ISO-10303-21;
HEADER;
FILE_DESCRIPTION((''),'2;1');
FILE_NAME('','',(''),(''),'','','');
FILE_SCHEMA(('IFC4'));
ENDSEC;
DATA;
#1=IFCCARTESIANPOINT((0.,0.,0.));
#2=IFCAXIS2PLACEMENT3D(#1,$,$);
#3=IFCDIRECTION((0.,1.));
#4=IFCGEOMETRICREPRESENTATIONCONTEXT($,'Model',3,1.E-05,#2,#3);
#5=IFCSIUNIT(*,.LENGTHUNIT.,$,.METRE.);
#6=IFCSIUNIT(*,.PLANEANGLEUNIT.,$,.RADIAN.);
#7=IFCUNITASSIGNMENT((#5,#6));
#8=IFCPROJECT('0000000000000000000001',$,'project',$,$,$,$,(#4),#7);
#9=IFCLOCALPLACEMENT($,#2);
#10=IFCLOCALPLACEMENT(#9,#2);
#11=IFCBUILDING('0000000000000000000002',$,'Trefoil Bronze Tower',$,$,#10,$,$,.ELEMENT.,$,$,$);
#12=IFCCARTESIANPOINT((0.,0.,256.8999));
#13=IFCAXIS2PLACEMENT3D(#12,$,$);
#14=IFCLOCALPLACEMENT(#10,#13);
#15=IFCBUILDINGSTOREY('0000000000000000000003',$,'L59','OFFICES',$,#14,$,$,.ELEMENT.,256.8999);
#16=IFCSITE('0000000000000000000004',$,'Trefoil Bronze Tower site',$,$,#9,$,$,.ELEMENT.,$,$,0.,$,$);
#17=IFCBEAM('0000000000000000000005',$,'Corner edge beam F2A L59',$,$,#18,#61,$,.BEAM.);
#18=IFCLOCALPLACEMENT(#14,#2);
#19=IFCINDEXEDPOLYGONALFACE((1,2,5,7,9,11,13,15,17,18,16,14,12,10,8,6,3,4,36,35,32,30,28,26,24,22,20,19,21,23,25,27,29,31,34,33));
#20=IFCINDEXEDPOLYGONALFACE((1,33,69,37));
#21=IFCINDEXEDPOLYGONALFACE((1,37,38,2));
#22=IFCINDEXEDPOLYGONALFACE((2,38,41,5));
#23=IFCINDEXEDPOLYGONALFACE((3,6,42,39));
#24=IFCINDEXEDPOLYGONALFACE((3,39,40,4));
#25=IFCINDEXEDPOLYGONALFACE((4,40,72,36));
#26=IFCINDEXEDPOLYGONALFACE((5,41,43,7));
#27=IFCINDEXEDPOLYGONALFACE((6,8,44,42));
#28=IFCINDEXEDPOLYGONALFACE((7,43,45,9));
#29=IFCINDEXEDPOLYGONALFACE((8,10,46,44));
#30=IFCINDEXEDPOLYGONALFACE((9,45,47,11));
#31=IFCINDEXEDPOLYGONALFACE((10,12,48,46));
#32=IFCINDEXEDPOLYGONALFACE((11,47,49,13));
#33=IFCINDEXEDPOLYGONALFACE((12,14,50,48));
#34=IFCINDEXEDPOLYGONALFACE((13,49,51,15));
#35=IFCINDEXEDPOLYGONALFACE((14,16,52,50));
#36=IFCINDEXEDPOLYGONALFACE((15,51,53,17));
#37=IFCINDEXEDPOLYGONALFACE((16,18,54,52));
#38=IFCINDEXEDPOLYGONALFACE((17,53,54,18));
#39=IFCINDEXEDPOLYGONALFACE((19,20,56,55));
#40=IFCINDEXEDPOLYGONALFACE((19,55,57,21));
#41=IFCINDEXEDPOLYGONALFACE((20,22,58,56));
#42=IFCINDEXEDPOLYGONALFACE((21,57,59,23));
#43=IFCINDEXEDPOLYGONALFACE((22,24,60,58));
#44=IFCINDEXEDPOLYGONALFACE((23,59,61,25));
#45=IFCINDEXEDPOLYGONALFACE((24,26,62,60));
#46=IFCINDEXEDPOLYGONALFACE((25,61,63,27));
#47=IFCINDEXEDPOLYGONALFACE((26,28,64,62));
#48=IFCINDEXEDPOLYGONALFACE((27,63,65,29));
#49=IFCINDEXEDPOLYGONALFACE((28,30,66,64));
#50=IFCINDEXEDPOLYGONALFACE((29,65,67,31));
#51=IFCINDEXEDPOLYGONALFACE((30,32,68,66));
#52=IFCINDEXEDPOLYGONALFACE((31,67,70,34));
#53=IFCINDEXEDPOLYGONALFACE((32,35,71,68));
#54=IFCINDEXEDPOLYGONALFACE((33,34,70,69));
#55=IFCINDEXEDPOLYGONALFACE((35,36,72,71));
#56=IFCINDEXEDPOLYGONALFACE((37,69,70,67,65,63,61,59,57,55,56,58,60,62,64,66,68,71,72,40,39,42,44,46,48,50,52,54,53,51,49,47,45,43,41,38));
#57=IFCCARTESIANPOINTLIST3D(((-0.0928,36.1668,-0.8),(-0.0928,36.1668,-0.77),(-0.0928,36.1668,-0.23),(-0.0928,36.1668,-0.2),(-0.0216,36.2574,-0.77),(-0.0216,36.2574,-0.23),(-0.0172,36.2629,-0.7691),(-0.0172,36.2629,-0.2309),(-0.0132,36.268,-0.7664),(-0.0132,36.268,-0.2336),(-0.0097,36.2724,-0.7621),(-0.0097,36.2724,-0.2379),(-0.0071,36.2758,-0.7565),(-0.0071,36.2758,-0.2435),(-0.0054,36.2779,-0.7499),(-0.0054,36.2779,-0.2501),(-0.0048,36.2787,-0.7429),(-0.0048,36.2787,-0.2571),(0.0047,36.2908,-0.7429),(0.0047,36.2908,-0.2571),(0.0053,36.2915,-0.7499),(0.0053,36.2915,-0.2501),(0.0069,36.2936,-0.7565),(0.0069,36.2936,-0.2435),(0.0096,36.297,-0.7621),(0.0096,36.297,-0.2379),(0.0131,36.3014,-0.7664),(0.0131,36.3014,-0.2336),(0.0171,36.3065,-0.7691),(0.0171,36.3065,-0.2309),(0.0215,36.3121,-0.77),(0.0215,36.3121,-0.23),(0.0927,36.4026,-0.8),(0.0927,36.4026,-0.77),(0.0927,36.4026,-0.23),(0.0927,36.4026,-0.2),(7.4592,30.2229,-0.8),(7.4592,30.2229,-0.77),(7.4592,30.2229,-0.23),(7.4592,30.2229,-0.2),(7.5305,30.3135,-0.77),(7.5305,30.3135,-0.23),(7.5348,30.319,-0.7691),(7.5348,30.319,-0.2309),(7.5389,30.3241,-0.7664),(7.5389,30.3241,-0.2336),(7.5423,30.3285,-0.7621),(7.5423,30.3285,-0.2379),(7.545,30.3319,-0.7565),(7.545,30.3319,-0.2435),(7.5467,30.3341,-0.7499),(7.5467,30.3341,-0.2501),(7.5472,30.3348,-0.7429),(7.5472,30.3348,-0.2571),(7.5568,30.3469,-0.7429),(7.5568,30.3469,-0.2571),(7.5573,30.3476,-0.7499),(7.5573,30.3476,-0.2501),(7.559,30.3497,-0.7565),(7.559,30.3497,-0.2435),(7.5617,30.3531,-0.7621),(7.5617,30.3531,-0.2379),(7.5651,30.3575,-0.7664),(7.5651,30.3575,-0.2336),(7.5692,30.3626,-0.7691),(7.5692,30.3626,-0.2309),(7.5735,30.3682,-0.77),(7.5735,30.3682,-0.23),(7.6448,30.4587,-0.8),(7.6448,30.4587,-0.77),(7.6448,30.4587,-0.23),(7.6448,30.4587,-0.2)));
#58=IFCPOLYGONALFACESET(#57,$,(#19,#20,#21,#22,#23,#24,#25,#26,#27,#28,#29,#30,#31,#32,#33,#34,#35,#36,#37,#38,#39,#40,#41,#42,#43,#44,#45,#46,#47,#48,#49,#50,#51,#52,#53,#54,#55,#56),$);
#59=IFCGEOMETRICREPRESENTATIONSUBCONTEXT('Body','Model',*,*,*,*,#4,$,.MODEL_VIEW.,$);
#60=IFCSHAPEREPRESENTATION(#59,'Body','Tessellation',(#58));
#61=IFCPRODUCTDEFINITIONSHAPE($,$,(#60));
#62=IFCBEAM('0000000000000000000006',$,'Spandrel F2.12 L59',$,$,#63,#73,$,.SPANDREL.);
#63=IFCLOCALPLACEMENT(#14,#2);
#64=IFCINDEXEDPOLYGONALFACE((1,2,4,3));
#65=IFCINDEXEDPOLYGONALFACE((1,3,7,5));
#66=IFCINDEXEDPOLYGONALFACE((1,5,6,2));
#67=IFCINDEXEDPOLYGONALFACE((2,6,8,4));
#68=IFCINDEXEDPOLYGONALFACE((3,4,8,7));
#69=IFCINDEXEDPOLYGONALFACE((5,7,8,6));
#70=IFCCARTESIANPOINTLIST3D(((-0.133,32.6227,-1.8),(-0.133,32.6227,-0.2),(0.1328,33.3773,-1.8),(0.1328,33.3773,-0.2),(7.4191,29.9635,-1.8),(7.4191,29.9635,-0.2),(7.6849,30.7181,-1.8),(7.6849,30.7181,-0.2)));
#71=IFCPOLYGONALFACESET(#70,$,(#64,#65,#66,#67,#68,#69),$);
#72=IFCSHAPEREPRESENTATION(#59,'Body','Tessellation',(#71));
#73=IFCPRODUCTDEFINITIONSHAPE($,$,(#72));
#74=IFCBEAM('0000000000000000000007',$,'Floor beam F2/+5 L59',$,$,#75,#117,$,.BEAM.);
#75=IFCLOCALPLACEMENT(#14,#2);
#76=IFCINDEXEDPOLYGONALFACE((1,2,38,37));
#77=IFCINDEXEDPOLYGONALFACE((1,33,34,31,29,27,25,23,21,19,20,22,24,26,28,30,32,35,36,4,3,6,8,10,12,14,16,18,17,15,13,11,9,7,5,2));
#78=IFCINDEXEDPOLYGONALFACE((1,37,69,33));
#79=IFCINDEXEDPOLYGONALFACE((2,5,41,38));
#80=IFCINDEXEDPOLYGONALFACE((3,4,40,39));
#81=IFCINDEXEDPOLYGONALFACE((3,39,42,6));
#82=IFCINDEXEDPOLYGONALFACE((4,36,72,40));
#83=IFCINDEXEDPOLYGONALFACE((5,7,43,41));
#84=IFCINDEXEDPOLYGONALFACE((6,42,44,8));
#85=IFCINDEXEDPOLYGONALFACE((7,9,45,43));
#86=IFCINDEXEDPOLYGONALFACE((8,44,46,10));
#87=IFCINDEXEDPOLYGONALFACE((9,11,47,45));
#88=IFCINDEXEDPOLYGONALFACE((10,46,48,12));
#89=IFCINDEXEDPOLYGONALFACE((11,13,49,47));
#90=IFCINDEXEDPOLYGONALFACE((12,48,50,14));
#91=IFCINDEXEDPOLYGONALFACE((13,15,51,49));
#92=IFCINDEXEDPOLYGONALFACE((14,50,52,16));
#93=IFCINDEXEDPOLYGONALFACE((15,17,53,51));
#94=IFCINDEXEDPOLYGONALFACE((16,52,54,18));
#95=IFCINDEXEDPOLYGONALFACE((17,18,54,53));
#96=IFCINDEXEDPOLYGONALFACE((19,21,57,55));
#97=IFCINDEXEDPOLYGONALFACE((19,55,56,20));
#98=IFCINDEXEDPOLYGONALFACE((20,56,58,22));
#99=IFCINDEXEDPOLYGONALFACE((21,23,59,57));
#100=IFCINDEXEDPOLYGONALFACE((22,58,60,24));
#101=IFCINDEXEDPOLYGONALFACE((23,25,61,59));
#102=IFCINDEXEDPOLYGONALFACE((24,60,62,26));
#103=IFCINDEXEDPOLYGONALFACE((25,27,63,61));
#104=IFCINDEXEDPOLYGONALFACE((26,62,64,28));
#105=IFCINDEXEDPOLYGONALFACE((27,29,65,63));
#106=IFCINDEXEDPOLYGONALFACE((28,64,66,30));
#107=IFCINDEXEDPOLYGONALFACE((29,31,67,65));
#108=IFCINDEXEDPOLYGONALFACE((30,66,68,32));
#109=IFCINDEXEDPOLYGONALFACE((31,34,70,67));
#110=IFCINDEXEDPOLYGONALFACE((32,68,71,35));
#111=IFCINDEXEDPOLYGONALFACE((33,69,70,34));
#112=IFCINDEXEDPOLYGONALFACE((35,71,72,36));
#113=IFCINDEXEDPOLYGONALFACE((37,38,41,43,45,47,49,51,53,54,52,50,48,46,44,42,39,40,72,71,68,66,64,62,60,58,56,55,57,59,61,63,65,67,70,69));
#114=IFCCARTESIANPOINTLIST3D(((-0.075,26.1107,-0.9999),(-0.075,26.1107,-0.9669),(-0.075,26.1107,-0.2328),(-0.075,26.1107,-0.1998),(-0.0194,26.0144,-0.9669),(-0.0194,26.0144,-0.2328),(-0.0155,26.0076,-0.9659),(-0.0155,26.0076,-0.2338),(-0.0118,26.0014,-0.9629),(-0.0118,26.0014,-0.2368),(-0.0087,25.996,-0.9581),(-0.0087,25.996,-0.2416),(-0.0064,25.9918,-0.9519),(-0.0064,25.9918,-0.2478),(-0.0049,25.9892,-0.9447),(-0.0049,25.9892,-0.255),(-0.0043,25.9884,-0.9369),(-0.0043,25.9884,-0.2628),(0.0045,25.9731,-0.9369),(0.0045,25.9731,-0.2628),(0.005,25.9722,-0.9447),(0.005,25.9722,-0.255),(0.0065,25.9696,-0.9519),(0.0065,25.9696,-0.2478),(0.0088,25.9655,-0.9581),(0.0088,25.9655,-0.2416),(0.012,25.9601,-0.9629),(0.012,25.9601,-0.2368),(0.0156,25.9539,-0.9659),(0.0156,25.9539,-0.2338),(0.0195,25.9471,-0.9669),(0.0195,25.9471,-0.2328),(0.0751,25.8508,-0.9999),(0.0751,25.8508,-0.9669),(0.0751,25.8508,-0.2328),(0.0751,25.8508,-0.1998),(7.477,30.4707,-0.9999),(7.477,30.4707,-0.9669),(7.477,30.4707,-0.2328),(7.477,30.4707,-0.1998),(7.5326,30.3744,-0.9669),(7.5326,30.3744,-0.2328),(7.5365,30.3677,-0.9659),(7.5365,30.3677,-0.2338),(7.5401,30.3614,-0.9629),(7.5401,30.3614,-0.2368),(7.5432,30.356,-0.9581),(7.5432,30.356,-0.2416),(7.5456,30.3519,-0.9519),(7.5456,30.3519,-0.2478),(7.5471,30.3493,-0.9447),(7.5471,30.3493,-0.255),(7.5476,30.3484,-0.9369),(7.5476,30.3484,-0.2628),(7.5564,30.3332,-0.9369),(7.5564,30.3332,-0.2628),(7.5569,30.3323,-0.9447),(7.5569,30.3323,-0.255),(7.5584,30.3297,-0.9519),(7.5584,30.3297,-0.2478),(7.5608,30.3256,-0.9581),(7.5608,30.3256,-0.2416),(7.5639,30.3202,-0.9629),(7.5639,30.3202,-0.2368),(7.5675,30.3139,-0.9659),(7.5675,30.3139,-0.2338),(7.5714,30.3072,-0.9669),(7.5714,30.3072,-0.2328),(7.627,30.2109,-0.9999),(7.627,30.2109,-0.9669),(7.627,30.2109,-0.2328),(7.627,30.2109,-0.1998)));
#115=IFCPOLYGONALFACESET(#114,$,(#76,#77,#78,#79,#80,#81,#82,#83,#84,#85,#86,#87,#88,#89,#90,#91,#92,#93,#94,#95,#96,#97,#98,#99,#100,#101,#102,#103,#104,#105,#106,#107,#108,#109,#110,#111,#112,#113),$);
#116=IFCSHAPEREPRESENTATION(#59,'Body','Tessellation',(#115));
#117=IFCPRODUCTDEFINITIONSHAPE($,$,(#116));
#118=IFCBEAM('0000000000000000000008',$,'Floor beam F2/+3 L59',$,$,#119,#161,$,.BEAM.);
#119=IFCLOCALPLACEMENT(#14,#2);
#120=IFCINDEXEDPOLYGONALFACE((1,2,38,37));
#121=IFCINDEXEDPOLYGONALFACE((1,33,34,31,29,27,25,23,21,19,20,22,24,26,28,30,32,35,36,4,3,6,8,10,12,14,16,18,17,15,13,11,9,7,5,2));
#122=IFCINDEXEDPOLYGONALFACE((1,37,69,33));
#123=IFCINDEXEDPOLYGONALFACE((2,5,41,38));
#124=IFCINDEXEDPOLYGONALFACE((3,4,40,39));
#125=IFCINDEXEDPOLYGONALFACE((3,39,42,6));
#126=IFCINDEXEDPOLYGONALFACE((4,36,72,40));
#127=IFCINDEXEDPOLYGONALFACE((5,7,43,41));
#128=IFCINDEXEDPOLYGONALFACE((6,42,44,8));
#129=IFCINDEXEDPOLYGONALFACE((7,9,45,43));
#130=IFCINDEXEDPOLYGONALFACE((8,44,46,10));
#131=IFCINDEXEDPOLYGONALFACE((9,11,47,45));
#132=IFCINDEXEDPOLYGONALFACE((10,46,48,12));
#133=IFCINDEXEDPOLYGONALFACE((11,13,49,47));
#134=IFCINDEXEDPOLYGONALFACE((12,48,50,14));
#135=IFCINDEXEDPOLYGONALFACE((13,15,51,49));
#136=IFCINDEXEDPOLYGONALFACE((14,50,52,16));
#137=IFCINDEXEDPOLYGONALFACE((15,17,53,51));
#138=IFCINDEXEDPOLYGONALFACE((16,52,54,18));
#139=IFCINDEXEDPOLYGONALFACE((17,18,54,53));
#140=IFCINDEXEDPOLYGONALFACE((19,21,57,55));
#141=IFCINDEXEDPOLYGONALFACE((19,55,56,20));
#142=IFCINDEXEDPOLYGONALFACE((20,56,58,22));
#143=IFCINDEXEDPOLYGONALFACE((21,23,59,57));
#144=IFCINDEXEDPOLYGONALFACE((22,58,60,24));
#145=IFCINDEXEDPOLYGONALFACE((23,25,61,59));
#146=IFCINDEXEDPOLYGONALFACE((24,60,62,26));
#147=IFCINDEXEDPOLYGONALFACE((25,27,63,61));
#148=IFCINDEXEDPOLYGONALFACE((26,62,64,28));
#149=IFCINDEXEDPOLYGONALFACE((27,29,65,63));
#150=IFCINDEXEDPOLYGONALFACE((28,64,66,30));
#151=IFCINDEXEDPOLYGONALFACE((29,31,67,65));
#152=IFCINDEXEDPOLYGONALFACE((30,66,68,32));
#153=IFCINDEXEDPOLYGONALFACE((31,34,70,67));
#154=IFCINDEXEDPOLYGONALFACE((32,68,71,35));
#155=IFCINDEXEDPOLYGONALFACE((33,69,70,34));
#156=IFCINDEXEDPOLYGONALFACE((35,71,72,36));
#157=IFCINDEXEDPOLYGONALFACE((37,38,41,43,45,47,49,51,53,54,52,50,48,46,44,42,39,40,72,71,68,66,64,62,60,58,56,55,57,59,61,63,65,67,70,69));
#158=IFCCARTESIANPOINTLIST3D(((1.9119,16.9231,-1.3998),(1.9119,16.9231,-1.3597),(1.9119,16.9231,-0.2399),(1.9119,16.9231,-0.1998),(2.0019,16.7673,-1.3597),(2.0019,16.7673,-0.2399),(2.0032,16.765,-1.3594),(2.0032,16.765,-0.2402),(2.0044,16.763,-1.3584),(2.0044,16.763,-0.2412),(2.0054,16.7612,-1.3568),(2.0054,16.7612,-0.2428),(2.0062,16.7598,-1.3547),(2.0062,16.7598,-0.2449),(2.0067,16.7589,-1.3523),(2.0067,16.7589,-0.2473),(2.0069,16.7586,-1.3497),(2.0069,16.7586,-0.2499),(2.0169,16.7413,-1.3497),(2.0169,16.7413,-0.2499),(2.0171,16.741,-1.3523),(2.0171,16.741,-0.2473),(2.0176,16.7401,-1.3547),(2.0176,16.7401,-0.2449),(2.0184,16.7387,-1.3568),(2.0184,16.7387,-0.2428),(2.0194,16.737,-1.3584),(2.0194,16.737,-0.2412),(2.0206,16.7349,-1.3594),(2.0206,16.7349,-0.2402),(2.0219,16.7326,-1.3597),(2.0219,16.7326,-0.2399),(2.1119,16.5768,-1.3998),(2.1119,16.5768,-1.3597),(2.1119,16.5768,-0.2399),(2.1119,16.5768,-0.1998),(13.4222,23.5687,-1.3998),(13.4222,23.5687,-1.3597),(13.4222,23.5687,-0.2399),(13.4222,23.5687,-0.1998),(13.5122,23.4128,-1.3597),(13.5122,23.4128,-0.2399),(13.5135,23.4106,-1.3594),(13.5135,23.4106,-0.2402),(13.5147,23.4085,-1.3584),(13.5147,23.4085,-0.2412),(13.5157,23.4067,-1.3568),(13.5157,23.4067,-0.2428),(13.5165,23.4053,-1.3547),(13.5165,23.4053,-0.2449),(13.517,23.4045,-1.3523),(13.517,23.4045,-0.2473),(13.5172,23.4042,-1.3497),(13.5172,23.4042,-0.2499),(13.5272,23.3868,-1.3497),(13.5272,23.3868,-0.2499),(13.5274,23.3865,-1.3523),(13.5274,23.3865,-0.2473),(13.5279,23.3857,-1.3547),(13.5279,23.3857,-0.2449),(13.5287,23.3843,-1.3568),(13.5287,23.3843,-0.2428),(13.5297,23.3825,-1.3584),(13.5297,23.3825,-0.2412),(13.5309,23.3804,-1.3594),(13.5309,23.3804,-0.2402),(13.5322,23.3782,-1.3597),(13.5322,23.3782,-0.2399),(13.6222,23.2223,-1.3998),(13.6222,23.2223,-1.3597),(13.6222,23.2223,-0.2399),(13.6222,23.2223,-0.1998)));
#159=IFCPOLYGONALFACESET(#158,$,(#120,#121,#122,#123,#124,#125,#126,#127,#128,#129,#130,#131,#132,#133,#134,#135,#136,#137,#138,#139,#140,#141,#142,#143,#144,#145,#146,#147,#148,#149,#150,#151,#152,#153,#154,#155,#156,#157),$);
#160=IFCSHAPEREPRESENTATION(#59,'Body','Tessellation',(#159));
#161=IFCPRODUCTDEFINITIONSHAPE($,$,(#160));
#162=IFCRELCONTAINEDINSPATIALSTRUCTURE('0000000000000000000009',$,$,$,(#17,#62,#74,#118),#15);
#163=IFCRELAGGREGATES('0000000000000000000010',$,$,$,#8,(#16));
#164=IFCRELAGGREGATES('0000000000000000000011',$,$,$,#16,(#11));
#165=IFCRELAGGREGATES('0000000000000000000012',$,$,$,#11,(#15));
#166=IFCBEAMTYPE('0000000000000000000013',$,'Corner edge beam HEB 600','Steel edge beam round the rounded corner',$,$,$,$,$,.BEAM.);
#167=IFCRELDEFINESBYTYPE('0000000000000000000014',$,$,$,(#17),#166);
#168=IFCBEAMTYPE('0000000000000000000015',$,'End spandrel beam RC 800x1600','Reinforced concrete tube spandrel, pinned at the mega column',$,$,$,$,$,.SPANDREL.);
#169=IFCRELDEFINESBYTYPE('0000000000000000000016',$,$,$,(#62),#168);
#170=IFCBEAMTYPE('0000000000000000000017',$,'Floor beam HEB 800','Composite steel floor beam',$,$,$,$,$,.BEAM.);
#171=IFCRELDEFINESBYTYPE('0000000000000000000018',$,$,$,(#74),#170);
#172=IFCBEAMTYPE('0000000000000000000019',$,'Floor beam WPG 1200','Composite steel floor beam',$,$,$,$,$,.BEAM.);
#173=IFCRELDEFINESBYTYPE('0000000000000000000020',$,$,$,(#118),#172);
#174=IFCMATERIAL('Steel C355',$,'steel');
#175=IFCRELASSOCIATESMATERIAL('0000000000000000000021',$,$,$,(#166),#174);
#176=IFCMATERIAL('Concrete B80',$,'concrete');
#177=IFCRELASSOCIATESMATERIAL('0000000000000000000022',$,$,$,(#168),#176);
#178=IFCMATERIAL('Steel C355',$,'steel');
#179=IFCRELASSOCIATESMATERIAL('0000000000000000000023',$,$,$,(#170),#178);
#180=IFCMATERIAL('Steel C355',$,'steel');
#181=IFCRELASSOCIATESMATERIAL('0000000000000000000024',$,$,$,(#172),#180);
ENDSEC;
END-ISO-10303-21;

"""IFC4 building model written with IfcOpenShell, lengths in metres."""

from ifc_helpers import new_model, si_unit, direction, frame, origin, origin_2d, place, context, subcontext, project, spatial, rectangle, i_section, extrude, material, material_profile, profile_set, type_object, element, save


model = new_model("IFC4")

# Units and contexts
model_context = context("Model", 3, precision=1e-05, world=origin(), true_north=direction((0.0, 1.0)))
body_context = subcontext(model_context, "Body", "Model", "MODEL_VIEW")
ifc_project = project(units=[si_unit("LENGTHUNIT", "METRE"), si_unit("PLANEANGLEUNIT", "RADIAN")], contexts=[model_context])

# Site, building, storey
site_placement = place(None, origin())
site = spatial("IfcSite", under=ifc_project, at=site_placement, Name="Trefoil Bronze Tower site", CompositionType="ELEMENT", RefElevation=0.0)
building_placement = place(site_placement, origin())
building = spatial("IfcBuilding", under=site, at=building_placement, Name="Trefoil Bronze Tower", CompositionType="ELEMENT")
storey_placement = place(building_placement, frame((0.0, 0.0, 256.8999)))
storey = spatial("IfcBuildingStorey", under=building, at=storey_placement, Name="L59", Description="OFFICES", CompositionType="ELEMENT", Elevation=256.8999)

# Beams
ifc_material_1 = material(Name="Steel C355", Category="steel")
ifc_material_profile_1 = material_profile(ifc_material_1, i_section(OverallWidth=0.3, OverallDepth=0.6001, WebThickness=0.0154, FlangeThickness=0.03, FilletRadius=0.0271, at=origin_2d()), Name="HEB 600")
ifc_profile_set_1 = profile_set([ifc_material_profile_1], Name="Steel C355")
beam_type_1 = type_object("IfcBeamType", Name="Corner edge beam HEB 600", Description="Steel edge beam round the rounded corner", PredefinedType="BEAM", material=ifc_profile_set_1)
beam_1_placement = place(storey_placement, frame((7.552, 30.3408, -0.5), z_axis=(-0.785806, 0.618473, 0.0), x_axis=(-0.618473, -0.785806, 0.0)))
element("IfcBeam", 1, at=beam_1_placement, inside=storey, type_object=beam_type_1, Name="Corner edge beam F2A L59", PredefinedType="BEAM", context=body_context, shape_type="SweptSolid", body=[
    extrude(i_section(OverallWidth=0.3, OverallDepth=0.6001, WebThickness=0.0154, FlangeThickness=0.03, FilletRadius=0.0271, at=origin_2d()), origin(), (0.0, 0.0, 1.0), 9.6106),
])
ifc_material_2 = material(Name="Concrete B80", Category="concrete")
ifc_material_profile_2 = material_profile(ifc_material_2, rectangle(XDim=0.8, YDim=1.6001, at=origin_2d()), Name="RC 800x1600")
ifc_profile_set_2 = profile_set([ifc_material_profile_2], Name="Concrete B80")
beam_type_2 = type_object("IfcBeamType", Name="End spandrel beam RC 800x1600", Description="Reinforced concrete tube spandrel, pinned at the mega column", PredefinedType="SPANDREL", material=ifc_profile_set_2)
beam_2_placement = place(storey_placement, frame((7.552, 30.3408, -1.0), z_axis=(-0.943234, 0.332128, 0.0), x_axis=(-0.332128, -0.943234, 0.0)))
element("IfcBeam", 2, at=beam_2_placement, inside=storey, type_object=beam_type_2, Name="Spandrel F2.12 L59", PredefinedType="SPANDREL", context=body_context, shape_type="SweptSolid", body=[
    extrude(rectangle(XDim=0.8, YDim=1.6001, at=origin_2d()), origin(), (0.0, 0.0, 1.0), 8.0066),
])
ifc_material_3 = material(Name="Steel C355", Category="steel")
ifc_material_profile_3 = material_profile(ifc_material_3, i_section(OverallWidth=0.3, OverallDepth=0.8, WebThickness=0.0176, FlangeThickness=0.033, FilletRadius=0.03, at=origin_2d()), Name="HEB 800")
ifc_profile_set_3 = profile_set([ifc_material_profile_3], Name="Steel C355")
beam_type_3 = type_object("IfcBeamType", Name="Floor beam HEB 800", Description="Composite steel floor beam", PredefinedType="BEAM", material=ifc_profile_set_3)
beam_3_placement = place(storey_placement, frame((7.552, 30.3408, -0.5999), z_axis=(-0.866028, -0.499996, 0.0), x_axis=(0.499996, -0.866028, 0.0)))
element("IfcBeam", 3, at=beam_3_placement, inside=storey, type_object=beam_type_3, Name="Floor beam F2/+5 L59", PredefinedType="BEAM", context=body_context, shape_type="SweptSolid", body=[
    extrude(i_section(OverallWidth=0.3, OverallDepth=0.8, WebThickness=0.0176, FlangeThickness=0.033, FilletRadius=0.03, at=origin_2d()), origin(), (0.0, 0.0, 1.0), 8.7202),
])
ifc_material_4 = material(Name="Steel C355", Category="steel")
ifc_material_profile_4 = material_profile(ifc_material_4, i_section(OverallWidth=0.3999, OverallDepth=1.2, WebThickness=0.02, FlangeThickness=0.04, FilletRadius=0.01, at=origin_2d()), Name="WPG 1200")
ifc_profile_set_4 = profile_set([ifc_material_profile_4], Name="Steel C355")
beam_type_4 = type_object("IfcBeamType", Name="Floor beam WPG 1200", Description="Composite steel floor beam", PredefinedType="BEAM", material=ifc_profile_set_4)
beam_4_placement = place(storey_placement, frame((13.5222, 23.3955, -0.7998), z_axis=(-0.866023, -0.500003, 0.0), x_axis=(0.500003, -0.866023, 0.0)))
element("IfcBeam", 4, at=beam_4_placement, inside=storey, type_object=beam_type_4, Name="Floor beam F2/+3 L59", PredefinedType="BEAM", context=body_context, shape_type="SweptSolid", body=[
    extrude(i_section(OverallWidth=0.3999, OverallDepth=1.2, WebThickness=0.02, FlangeThickness=0.04, FilletRadius=0.01, at=origin_2d()), origin(), (0.0, 0.0, 1.0), 13.291),
])

save(model, "model.ifc")
